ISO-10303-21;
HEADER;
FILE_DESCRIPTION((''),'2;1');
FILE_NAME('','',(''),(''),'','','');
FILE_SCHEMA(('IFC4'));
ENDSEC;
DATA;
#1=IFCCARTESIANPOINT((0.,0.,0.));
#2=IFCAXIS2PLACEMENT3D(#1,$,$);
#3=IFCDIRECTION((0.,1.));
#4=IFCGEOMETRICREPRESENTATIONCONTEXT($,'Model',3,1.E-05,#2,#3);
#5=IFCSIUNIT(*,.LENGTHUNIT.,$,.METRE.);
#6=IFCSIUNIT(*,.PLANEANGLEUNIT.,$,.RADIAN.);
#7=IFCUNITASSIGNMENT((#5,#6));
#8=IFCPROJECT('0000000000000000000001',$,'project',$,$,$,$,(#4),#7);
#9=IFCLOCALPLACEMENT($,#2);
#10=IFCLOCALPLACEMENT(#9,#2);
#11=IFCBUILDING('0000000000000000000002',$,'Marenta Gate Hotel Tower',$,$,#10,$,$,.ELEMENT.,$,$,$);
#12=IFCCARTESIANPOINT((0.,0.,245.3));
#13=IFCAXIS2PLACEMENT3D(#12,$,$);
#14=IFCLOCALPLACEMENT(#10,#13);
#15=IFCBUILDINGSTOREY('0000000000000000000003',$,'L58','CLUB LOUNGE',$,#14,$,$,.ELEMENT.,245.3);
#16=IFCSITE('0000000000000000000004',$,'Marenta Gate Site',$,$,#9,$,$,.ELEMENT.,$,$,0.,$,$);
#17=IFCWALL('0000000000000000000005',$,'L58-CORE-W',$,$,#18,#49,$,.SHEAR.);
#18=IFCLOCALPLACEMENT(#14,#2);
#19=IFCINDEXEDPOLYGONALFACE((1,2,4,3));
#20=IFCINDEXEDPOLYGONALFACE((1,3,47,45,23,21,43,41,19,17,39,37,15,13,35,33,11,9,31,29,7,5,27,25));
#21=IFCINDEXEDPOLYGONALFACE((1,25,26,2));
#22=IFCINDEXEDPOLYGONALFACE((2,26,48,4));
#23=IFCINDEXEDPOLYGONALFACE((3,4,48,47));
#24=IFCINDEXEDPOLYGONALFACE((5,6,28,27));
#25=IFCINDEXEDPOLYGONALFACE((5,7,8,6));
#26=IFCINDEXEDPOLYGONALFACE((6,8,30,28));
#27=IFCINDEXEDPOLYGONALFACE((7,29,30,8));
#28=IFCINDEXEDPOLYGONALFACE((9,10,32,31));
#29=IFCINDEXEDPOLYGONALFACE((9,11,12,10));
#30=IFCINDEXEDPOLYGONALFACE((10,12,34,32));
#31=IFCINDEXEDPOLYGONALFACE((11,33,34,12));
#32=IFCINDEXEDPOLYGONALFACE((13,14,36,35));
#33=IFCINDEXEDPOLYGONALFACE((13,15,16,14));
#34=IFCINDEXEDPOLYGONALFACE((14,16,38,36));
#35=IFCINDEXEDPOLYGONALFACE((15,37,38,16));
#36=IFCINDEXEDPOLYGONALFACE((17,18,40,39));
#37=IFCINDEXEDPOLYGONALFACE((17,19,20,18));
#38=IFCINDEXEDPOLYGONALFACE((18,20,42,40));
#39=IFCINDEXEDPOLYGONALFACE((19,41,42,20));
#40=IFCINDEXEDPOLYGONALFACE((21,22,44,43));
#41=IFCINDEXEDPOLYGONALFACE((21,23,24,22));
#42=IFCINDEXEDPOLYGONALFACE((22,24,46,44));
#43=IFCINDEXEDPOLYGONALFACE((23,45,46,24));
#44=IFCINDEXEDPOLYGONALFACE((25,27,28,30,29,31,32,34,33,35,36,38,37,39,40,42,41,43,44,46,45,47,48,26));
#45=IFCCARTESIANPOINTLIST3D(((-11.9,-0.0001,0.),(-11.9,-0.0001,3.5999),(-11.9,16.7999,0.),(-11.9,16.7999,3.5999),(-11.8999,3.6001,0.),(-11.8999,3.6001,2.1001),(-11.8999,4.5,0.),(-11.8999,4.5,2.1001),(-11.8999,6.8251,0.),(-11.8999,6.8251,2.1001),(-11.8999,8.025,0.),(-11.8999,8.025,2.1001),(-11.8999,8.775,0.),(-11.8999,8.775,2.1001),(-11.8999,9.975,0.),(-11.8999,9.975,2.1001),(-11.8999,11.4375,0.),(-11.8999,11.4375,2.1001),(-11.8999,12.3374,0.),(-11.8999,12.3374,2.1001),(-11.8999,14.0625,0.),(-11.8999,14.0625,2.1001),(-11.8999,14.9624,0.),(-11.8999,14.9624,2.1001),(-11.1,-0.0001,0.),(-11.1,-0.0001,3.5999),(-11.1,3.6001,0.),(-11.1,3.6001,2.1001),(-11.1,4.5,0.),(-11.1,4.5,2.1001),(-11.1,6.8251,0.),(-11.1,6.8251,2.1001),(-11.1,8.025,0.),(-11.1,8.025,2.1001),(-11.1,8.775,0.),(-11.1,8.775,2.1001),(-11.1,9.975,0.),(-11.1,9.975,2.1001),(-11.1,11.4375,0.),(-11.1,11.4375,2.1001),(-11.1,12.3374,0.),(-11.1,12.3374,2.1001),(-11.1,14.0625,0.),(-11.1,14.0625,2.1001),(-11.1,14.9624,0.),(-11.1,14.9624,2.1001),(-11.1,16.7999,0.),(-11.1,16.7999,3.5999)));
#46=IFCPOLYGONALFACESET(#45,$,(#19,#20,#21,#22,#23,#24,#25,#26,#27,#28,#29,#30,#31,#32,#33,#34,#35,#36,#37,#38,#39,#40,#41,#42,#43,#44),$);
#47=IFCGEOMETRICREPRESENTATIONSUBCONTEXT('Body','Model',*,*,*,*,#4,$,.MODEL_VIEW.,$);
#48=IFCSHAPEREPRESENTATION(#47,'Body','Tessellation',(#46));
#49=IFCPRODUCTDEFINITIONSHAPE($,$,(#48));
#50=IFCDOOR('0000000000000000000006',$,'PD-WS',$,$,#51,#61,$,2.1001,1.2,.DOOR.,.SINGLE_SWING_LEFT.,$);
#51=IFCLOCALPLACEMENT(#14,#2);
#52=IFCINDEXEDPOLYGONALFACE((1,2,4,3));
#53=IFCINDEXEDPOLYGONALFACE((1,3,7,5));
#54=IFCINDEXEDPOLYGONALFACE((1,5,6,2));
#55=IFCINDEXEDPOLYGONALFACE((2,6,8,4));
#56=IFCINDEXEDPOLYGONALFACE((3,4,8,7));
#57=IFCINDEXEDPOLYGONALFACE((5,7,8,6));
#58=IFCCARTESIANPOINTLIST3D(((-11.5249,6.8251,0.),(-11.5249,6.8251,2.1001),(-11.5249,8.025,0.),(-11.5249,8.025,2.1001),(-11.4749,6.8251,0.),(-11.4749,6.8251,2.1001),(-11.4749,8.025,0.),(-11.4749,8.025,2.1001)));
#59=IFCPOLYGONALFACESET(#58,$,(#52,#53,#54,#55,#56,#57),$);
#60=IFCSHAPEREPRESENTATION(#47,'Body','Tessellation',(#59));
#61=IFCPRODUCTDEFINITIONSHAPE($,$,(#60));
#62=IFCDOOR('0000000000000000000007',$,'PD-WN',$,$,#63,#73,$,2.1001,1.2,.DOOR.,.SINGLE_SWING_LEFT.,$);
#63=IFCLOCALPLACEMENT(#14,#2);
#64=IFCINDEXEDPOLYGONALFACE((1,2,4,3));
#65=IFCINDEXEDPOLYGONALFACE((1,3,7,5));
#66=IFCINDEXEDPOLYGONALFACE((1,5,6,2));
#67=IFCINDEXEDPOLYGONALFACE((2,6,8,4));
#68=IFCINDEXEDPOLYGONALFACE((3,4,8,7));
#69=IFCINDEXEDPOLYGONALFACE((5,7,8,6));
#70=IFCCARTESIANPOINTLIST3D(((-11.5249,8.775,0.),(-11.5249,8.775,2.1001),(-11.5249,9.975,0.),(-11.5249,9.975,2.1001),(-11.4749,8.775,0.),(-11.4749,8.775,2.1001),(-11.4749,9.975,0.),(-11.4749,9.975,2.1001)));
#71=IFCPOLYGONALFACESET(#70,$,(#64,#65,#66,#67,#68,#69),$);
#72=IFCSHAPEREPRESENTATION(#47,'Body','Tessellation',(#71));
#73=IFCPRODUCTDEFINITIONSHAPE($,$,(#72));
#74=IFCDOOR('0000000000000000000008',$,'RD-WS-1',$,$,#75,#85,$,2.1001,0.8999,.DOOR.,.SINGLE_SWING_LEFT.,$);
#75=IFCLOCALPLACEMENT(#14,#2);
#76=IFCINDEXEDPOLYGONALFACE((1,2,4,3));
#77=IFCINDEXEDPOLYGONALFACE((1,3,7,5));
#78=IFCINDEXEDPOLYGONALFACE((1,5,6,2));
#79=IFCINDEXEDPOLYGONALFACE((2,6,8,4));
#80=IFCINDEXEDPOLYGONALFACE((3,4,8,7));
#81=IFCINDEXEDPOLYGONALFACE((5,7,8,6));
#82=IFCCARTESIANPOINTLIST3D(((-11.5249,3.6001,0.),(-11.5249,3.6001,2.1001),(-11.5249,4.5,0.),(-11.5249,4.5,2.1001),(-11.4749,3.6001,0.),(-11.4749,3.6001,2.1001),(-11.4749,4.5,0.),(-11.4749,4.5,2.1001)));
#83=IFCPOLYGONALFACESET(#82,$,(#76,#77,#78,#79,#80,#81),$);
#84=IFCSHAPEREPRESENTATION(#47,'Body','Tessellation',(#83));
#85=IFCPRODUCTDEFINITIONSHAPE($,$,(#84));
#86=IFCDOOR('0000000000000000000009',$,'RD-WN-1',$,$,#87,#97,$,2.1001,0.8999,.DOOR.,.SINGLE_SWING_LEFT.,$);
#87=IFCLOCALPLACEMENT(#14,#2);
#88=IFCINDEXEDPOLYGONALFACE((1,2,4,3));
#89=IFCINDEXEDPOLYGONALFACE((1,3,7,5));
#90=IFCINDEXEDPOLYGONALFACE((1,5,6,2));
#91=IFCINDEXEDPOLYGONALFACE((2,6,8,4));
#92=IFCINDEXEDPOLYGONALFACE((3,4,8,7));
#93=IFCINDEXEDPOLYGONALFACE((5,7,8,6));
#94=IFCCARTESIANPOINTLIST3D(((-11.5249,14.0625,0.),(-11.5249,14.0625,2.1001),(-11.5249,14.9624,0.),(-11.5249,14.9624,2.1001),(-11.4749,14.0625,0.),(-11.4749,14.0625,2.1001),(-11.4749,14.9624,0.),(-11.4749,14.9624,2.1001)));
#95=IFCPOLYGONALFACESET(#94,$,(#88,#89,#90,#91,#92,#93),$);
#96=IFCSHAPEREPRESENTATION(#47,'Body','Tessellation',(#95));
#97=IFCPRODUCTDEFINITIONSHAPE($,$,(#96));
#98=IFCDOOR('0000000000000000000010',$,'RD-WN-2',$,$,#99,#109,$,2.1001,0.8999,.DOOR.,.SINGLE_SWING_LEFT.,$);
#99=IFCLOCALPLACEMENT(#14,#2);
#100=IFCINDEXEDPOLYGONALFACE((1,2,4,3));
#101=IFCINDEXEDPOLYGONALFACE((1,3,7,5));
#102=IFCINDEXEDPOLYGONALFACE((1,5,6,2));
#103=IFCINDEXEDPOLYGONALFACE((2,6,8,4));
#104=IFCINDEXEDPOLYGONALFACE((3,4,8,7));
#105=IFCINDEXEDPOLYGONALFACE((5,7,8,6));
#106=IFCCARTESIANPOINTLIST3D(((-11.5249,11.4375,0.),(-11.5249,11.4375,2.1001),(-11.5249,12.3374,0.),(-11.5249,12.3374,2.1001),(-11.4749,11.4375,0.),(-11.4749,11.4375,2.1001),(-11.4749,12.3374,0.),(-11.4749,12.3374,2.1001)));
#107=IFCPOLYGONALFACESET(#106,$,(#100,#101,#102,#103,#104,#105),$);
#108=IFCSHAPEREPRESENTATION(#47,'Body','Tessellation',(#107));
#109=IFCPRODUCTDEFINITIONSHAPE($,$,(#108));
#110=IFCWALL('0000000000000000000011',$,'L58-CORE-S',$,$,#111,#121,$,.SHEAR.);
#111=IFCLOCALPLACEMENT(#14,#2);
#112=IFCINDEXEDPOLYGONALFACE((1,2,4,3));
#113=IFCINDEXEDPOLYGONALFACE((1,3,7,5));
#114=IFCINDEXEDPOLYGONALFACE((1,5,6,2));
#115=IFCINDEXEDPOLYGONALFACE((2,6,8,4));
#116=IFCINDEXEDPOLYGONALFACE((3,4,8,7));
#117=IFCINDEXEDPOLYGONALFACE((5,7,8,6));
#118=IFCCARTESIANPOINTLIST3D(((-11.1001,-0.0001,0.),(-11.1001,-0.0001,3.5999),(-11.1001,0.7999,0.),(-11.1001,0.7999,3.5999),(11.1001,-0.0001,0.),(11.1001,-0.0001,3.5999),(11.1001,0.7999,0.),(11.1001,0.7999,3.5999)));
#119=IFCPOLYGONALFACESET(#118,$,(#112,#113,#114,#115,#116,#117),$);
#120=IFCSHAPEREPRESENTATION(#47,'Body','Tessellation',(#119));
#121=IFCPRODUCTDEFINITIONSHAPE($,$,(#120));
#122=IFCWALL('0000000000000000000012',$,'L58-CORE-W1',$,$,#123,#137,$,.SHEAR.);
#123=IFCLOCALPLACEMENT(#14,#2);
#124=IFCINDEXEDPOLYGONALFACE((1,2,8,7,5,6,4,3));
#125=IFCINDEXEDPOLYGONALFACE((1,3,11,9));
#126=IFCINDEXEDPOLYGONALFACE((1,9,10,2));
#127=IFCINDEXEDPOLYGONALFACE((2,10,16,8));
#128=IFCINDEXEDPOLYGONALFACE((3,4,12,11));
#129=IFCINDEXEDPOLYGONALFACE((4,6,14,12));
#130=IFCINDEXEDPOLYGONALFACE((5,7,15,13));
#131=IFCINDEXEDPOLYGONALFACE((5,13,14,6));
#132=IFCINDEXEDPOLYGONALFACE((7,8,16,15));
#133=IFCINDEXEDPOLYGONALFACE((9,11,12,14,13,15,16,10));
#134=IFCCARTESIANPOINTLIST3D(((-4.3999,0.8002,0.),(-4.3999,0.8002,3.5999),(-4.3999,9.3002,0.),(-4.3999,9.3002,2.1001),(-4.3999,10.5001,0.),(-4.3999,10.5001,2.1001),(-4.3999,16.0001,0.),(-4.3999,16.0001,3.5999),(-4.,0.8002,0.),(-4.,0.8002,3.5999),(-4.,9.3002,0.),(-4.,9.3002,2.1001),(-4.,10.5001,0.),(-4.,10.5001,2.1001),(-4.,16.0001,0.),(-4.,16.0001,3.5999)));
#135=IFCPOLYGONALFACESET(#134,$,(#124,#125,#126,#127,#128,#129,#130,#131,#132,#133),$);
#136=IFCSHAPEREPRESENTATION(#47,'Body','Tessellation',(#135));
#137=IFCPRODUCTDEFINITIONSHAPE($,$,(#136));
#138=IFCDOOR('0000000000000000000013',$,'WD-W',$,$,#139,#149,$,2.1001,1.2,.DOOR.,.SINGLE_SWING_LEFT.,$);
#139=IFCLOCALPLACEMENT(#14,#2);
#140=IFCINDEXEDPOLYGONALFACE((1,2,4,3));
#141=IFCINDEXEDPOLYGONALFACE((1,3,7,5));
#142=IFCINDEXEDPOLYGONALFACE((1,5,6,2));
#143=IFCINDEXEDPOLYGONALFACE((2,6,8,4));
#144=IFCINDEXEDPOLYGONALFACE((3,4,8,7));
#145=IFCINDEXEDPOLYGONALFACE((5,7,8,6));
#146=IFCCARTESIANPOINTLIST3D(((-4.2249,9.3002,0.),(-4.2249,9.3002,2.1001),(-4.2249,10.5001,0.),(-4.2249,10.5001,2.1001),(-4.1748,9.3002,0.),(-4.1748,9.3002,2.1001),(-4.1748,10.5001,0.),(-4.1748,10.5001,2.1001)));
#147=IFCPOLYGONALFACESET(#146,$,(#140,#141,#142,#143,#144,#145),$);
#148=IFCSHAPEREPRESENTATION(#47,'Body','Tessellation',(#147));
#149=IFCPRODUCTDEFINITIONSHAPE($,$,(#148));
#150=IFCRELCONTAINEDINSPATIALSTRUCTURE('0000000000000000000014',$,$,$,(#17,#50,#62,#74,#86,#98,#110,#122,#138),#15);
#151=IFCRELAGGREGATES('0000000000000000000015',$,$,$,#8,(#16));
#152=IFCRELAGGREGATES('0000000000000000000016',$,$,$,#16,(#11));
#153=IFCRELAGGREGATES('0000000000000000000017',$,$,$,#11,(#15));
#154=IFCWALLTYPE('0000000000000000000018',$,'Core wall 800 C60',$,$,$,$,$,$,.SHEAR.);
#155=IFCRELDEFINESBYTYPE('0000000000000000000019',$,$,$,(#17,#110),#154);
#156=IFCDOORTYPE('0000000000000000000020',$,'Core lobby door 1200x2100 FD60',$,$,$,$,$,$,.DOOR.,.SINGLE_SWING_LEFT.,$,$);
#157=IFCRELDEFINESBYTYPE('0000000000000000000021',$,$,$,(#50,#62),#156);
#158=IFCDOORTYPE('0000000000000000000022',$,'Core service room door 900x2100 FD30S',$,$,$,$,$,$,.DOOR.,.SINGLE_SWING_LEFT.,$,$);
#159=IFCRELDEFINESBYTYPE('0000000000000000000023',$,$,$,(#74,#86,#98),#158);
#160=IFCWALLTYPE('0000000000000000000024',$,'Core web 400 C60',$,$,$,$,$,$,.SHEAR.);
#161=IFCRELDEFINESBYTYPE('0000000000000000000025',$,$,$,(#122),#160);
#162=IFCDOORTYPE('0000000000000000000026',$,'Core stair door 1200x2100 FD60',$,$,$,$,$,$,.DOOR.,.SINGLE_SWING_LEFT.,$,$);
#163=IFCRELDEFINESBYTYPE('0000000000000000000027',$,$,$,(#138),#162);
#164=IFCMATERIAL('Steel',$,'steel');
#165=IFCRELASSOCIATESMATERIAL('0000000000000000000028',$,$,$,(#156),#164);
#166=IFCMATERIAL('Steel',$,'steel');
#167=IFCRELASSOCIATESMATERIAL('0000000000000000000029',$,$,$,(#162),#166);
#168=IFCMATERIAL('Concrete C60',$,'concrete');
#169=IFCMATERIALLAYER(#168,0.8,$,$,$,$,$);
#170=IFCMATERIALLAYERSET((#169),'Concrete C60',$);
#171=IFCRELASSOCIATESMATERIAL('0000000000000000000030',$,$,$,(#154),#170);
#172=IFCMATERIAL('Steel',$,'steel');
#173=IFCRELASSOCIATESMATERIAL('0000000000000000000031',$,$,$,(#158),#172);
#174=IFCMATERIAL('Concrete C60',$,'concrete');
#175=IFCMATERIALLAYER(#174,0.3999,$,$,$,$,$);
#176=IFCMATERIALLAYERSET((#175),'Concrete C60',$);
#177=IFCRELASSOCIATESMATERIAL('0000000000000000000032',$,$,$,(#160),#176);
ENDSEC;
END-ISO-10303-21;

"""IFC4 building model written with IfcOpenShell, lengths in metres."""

from ifc_helpers import new_model, si_unit, direction, frame, frame_2d, origin, place, context, subcontext, project, spatial, rectangle, extrude, material, layer, layer_set, type_object, element, fill, save


model = new_model("IFC4")

# Units and contexts
model_context = context("Model", 3, precision=1e-05, world=origin(), true_north=direction((0.0, 1.0)))
body_context = subcontext(model_context, "Body", "Model", "MODEL_VIEW")
ifc_project = project(units=[si_unit("LENGTHUNIT", "METRE"), si_unit("PLANEANGLEUNIT", "RADIAN")], contexts=[model_context])

# Site, building, storey
site_placement = place(None, origin())
site = spatial("IfcSite", under=ifc_project, at=site_placement, Name="Marenta Gate Site", CompositionType="ELEMENT", RefElevation=0.0)
building_placement = place(site_placement, origin())
building = spatial("IfcBuilding", under=site, at=building_placement, Name="Marenta Gate Hotel Tower", CompositionType="ELEMENT")
storey_placement = place(building_placement, frame((0.0, 0.0, 245.3)))
storey = spatial("IfcBuildingStorey", under=building, at=storey_placement, Name="L58", Description="CLUB LOUNGE", CompositionType="ELEMENT", Elevation=245.3)

# Shared definitions
ifc_material_1 = material(Name="Steel", Category="steel")
door_type_1 = type_object("IfcDoorType", Name="Core lobby door 1200x2100 FD60", OperationType="SINGLE_SWING_LEFT", PredefinedType="DOOR", material=ifc_material_1)

# Shared definitions
ifc_material_2 = material(Name="Steel", Category="steel")
door_type_2 = type_object("IfcDoorType", Name="Core stair door 1200x2100 FD60", OperationType="SINGLE_SWING_LEFT", PredefinedType="DOOR", material=ifc_material_2)

# Wall, openings, doors
ifc_material_3 = material(Name="Concrete C60", Category="concrete")
ifc_layer_1 = layer(ifc_material_3, 0.8)
ifc_layer_set_1 = layer_set([ifc_layer_1], Name="Concrete C60")
wall_type_1 = type_object("IfcWallType", Name="Core wall 800 C60", PredefinedType="SHEAR", material=ifc_layer_set_1)
wall_1_placement = place(storey_placement, frame((-11.5, 0.0, 0.0), z_axis=(0.0, 0.0, 1.0), x_axis=(0.0, 1.0, 0.0)))
wall_1 = element("IfcWall", 1, at=wall_1_placement, inside=storey, type_object=wall_type_1, Name="L58-CORE-W", PredefinedType="SHEAR", context=body_context, shape_type="SweptSolid", body=[
    extrude(rectangle(XDim=16.8, YDim=0.8, at=frame_2d((8.3999, 0.0))), origin(), (0.0, 0.0, 1.0), 3.5999),
])
opening_1_placement = place(wall_1_placement, frame((3.6001, 0.0, 0.0)))
opening_1 = element("IfcOpeningElement", 2, at=opening_1_placement, cuts=wall_1, PredefinedType="OPENING", context=body_context, shape_type="SweptSolid", body=[
    extrude(rectangle(XDim=0.8999, YDim=2.1001, at=frame_2d((0.45, 1.05))), frame((0.0, 0.3999, 0.0), z_axis=(0.0, -1.0, 0.0), x_axis=(1.0, 0.0, 0.0)), (0.0, 0.0, 1.0), 0.8),
])
opening_2_placement = place(wall_1_placement, frame((6.825, 0.0, 0.0)))
opening_2 = element("IfcOpeningElement", 3, at=opening_2_placement, cuts=wall_1, PredefinedType="OPENING", context=body_context, shape_type="SweptSolid", body=[
    extrude(rectangle(XDim=1.2, YDim=2.1001, at=frame_2d((0.6001, 1.05))), frame((0.0, 0.3999, 0.0), z_axis=(0.0, -1.0, 0.0), x_axis=(1.0, 0.0, 0.0)), (0.0, 0.0, 1.0), 0.8),
])
opening_3_placement = place(wall_1_placement, frame((14.0625, 0.0, 0.0)))
opening_3 = element("IfcOpeningElement", 4, at=opening_3_placement, cuts=wall_1, PredefinedType="OPENING", context=body_context, shape_type="SweptSolid", body=[
    extrude(rectangle(XDim=0.8999, YDim=2.1001, at=frame_2d((0.45, 1.05))), frame((0.0, 0.3999, 0.0), z_axis=(0.0, -1.0, 0.0), x_axis=(1.0, 0.0, 0.0)), (0.0, 0.0, 1.0), 0.8),
])
opening_4_placement = place(wall_1_placement, frame((11.4375, 0.0, 0.0)))
opening_4 = element("IfcOpeningElement", 5, at=opening_4_placement, cuts=wall_1, PredefinedType="OPENING", context=body_context, shape_type="SweptSolid", body=[
    extrude(rectangle(XDim=0.8999, YDim=2.1001, at=frame_2d((0.45, 1.05))), frame((0.0, 0.3999, 0.0), z_axis=(0.0, -1.0, 0.0), x_axis=(1.0, 0.0, 0.0)), (0.0, 0.0, 1.0), 0.8),
])
opening_5_placement = place(wall_1_placement, frame((8.7749, 0.0, 0.0)))
opening_5 = element("IfcOpeningElement", 6, at=opening_5_placement, cuts=wall_1, PredefinedType="OPENING", context=body_context, shape_type="SweptSolid", body=[
    extrude(rectangle(XDim=1.2, YDim=2.1001, at=frame_2d((0.6001, 1.05))), frame((0.0, 0.3999, 0.0), z_axis=(0.0, -1.0, 0.0), x_axis=(1.0, 0.0, 0.0)), (0.0, 0.0, 1.0), 0.8),
])
door_1_placement = place(opening_2_placement, origin())
door_1 = element("IfcDoor", 7, at=door_1_placement, inside=storey, type_object=door_type_1, Name="PD-WS", OperationType="SINGLE_SWING_LEFT", OverallHeight=2.1001, OverallWidth=1.2, PredefinedType="DOOR", context=body_context, shape_type="SweptSolid", body=[
    extrude(rectangle(XDim=1.2, YDim=2.1001, at=frame_2d((0.6001, 1.05))), frame((0.0, 0.0249, 0.0), z_axis=(0.0, -1.0, 0.0), x_axis=(1.0, 0.0, 0.0)), (0.0, 0.0, 1.0), 0.05),
])
fill(opening_2, door_1)
door_2_placement = place(opening_5_placement, origin())
door_2 = element("IfcDoor", 8, at=door_2_placement, inside=storey, type_object=door_type_1, Name="PD-WN", OperationType="SINGLE_SWING_LEFT", OverallHeight=2.1001, OverallWidth=1.2, PredefinedType="DOOR", context=body_context, shape_type="SweptSolid", body=[
    extrude(rectangle(XDim=1.2, YDim=2.1001, at=frame_2d((0.6001, 1.05))), frame((0.0, 0.0249, 0.0), z_axis=(0.0, -1.0, 0.0), x_axis=(1.0, 0.0, 0.0)), (0.0, 0.0, 1.0), 0.05),
])
fill(opening_5, door_2)
ifc_material_4 = material(Name="Steel", Category="steel")
door_type_3 = type_object("IfcDoorType", Name="Core service room door 900x2100 FD30S", OperationType="SINGLE_SWING_LEFT", PredefinedType="DOOR", material=ifc_material_4)
door_3_placement = place(opening_1_placement, origin())
door_3 = element("IfcDoor", 9, at=door_3_placement, inside=storey, type_object=door_type_3, Name="RD-WS-1", OperationType="SINGLE_SWING_LEFT", OverallHeight=2.1001, OverallWidth=0.8999, PredefinedType="DOOR", context=body_context, shape_type="SweptSolid", body=[
    extrude(rectangle(XDim=0.8999, YDim=2.1001, at=frame_2d((0.45, 1.05))), frame((0.0, 0.0249, 0.0), z_axis=(0.0, -1.0, 0.0), x_axis=(1.0, 0.0, 0.0)), (0.0, 0.0, 1.0), 0.05),
])
fill(opening_1, door_3)
door_4_placement = place(opening_3_placement, origin())
door_4 = element("IfcDoor", 10, at=door_4_placement, inside=storey, type_object=door_type_3, Name="RD-WN-1", OperationType="SINGLE_SWING_LEFT", OverallHeight=2.1001, OverallWidth=0.8999, PredefinedType="DOOR", context=body_context, shape_type="SweptSolid", body=[
    extrude(rectangle(XDim=0.8999, YDim=2.1001, at=frame_2d((0.45, 1.05))), frame((0.0, 0.0249, 0.0), z_axis=(0.0, -1.0, 0.0), x_axis=(1.0, 0.0, 0.0)), (0.0, 0.0, 1.0), 0.05),
])
fill(opening_3, door_4)
door_5_placement = place(opening_4_placement, origin())
door_5 = element("IfcDoor", 11, at=door_5_placement, inside=storey, type_object=door_type_3, Name="RD-WN-2", OperationType="SINGLE_SWING_LEFT", OverallHeight=2.1001, OverallWidth=0.8999, PredefinedType="DOOR", context=body_context, shape_type="SweptSolid", body=[
    extrude(rectangle(XDim=0.8999, YDim=2.1001, at=frame_2d((0.45, 1.05))), frame((0.0, 0.0249, 0.0), z_axis=(0.0, -1.0, 0.0), x_axis=(1.0, 0.0, 0.0)), (0.0, 0.0, 1.0), 0.05),
])
fill(opening_4, door_5)

# Wall
wall_2_placement = place(storey_placement, frame((-11.1001, 0.3999, 0.0), z_axis=(0.0, 0.0, 1.0), x_axis=(1.0, 0.0, 0.0)))
element("IfcWall", 12, at=wall_2_placement, inside=storey, type_object=wall_type_1, Name="L58-CORE-S", PredefinedType="SHEAR", context=body_context, shape_type="SweptSolid", body=[
    extrude(rectangle(XDim=22.2002, YDim=0.8, at=frame_2d((11.1001, 0.0))), origin(), (0.0, 0.0, 1.0), 3.5999),
])

# Wall, opening, door
ifc_material_5 = material(Name="Concrete C60", Category="concrete")
ifc_layer_2 = layer(ifc_material_5, 0.3999)
ifc_layer_set_2 = layer_set([ifc_layer_2], Name="Concrete C60")
wall_type_2 = type_object("IfcWallType", Name="Core web 400 C60", PredefinedType="SHEAR", material=ifc_layer_set_2)
wall_3_placement = place(storey_placement, frame((-4.2, 0.8, 0.0), z_axis=(0.0, 0.0, 1.0), x_axis=(0.0, 1.0, 0.0)))
wall_3 = element("IfcWall", 13, at=wall_3_placement, inside=storey, type_object=wall_type_2, Name="L58-CORE-W1", PredefinedType="SHEAR", context=body_context, shape_type="SweptSolid", body=[
    extrude(rectangle(XDim=15.2, YDim=0.3999, at=frame_2d((7.6001, 0.0))), origin(), (0.0, 0.0, 1.0), 3.5999),
])
opening_6_placement = place(wall_3_placement, frame((8.5, 0.0, 0.0)))
opening_6 = element("IfcOpeningElement", 14, at=opening_6_placement, cuts=wall_3, PredefinedType="OPENING", context=body_context, shape_type="SweptSolid", body=[
    extrude(rectangle(XDim=1.2, YDim=2.1001, at=frame_2d((0.6001, 1.05))), frame((0.0, 0.2, 0.0), z_axis=(0.0, -1.0, 0.0), x_axis=(1.0, 0.0, 0.0)), (0.0, 0.0, 1.0), 0.3999),
])
door_6_placement = place(opening_6_placement, origin())
door_6 = element("IfcDoor", 15, at=door_6_placement, inside=storey, type_object=door_type_2, Name="WD-W", OperationType="SINGLE_SWING_LEFT", OverallHeight=2.1001, OverallWidth=1.2, PredefinedType="DOOR", context=body_context, shape_type="SweptSolid", body=[
    extrude(rectangle(XDim=1.2, YDim=2.1001, at=frame_2d((0.6001, 1.05))), frame((0.0, 0.0249, 0.0), z_axis=(0.0, -1.0, 0.0), x_axis=(1.0, 0.0, 0.0)), (0.0, 0.0, 1.0), 0.05),
])
fill(opening_6, door_6)

save(model, "model.ifc")
